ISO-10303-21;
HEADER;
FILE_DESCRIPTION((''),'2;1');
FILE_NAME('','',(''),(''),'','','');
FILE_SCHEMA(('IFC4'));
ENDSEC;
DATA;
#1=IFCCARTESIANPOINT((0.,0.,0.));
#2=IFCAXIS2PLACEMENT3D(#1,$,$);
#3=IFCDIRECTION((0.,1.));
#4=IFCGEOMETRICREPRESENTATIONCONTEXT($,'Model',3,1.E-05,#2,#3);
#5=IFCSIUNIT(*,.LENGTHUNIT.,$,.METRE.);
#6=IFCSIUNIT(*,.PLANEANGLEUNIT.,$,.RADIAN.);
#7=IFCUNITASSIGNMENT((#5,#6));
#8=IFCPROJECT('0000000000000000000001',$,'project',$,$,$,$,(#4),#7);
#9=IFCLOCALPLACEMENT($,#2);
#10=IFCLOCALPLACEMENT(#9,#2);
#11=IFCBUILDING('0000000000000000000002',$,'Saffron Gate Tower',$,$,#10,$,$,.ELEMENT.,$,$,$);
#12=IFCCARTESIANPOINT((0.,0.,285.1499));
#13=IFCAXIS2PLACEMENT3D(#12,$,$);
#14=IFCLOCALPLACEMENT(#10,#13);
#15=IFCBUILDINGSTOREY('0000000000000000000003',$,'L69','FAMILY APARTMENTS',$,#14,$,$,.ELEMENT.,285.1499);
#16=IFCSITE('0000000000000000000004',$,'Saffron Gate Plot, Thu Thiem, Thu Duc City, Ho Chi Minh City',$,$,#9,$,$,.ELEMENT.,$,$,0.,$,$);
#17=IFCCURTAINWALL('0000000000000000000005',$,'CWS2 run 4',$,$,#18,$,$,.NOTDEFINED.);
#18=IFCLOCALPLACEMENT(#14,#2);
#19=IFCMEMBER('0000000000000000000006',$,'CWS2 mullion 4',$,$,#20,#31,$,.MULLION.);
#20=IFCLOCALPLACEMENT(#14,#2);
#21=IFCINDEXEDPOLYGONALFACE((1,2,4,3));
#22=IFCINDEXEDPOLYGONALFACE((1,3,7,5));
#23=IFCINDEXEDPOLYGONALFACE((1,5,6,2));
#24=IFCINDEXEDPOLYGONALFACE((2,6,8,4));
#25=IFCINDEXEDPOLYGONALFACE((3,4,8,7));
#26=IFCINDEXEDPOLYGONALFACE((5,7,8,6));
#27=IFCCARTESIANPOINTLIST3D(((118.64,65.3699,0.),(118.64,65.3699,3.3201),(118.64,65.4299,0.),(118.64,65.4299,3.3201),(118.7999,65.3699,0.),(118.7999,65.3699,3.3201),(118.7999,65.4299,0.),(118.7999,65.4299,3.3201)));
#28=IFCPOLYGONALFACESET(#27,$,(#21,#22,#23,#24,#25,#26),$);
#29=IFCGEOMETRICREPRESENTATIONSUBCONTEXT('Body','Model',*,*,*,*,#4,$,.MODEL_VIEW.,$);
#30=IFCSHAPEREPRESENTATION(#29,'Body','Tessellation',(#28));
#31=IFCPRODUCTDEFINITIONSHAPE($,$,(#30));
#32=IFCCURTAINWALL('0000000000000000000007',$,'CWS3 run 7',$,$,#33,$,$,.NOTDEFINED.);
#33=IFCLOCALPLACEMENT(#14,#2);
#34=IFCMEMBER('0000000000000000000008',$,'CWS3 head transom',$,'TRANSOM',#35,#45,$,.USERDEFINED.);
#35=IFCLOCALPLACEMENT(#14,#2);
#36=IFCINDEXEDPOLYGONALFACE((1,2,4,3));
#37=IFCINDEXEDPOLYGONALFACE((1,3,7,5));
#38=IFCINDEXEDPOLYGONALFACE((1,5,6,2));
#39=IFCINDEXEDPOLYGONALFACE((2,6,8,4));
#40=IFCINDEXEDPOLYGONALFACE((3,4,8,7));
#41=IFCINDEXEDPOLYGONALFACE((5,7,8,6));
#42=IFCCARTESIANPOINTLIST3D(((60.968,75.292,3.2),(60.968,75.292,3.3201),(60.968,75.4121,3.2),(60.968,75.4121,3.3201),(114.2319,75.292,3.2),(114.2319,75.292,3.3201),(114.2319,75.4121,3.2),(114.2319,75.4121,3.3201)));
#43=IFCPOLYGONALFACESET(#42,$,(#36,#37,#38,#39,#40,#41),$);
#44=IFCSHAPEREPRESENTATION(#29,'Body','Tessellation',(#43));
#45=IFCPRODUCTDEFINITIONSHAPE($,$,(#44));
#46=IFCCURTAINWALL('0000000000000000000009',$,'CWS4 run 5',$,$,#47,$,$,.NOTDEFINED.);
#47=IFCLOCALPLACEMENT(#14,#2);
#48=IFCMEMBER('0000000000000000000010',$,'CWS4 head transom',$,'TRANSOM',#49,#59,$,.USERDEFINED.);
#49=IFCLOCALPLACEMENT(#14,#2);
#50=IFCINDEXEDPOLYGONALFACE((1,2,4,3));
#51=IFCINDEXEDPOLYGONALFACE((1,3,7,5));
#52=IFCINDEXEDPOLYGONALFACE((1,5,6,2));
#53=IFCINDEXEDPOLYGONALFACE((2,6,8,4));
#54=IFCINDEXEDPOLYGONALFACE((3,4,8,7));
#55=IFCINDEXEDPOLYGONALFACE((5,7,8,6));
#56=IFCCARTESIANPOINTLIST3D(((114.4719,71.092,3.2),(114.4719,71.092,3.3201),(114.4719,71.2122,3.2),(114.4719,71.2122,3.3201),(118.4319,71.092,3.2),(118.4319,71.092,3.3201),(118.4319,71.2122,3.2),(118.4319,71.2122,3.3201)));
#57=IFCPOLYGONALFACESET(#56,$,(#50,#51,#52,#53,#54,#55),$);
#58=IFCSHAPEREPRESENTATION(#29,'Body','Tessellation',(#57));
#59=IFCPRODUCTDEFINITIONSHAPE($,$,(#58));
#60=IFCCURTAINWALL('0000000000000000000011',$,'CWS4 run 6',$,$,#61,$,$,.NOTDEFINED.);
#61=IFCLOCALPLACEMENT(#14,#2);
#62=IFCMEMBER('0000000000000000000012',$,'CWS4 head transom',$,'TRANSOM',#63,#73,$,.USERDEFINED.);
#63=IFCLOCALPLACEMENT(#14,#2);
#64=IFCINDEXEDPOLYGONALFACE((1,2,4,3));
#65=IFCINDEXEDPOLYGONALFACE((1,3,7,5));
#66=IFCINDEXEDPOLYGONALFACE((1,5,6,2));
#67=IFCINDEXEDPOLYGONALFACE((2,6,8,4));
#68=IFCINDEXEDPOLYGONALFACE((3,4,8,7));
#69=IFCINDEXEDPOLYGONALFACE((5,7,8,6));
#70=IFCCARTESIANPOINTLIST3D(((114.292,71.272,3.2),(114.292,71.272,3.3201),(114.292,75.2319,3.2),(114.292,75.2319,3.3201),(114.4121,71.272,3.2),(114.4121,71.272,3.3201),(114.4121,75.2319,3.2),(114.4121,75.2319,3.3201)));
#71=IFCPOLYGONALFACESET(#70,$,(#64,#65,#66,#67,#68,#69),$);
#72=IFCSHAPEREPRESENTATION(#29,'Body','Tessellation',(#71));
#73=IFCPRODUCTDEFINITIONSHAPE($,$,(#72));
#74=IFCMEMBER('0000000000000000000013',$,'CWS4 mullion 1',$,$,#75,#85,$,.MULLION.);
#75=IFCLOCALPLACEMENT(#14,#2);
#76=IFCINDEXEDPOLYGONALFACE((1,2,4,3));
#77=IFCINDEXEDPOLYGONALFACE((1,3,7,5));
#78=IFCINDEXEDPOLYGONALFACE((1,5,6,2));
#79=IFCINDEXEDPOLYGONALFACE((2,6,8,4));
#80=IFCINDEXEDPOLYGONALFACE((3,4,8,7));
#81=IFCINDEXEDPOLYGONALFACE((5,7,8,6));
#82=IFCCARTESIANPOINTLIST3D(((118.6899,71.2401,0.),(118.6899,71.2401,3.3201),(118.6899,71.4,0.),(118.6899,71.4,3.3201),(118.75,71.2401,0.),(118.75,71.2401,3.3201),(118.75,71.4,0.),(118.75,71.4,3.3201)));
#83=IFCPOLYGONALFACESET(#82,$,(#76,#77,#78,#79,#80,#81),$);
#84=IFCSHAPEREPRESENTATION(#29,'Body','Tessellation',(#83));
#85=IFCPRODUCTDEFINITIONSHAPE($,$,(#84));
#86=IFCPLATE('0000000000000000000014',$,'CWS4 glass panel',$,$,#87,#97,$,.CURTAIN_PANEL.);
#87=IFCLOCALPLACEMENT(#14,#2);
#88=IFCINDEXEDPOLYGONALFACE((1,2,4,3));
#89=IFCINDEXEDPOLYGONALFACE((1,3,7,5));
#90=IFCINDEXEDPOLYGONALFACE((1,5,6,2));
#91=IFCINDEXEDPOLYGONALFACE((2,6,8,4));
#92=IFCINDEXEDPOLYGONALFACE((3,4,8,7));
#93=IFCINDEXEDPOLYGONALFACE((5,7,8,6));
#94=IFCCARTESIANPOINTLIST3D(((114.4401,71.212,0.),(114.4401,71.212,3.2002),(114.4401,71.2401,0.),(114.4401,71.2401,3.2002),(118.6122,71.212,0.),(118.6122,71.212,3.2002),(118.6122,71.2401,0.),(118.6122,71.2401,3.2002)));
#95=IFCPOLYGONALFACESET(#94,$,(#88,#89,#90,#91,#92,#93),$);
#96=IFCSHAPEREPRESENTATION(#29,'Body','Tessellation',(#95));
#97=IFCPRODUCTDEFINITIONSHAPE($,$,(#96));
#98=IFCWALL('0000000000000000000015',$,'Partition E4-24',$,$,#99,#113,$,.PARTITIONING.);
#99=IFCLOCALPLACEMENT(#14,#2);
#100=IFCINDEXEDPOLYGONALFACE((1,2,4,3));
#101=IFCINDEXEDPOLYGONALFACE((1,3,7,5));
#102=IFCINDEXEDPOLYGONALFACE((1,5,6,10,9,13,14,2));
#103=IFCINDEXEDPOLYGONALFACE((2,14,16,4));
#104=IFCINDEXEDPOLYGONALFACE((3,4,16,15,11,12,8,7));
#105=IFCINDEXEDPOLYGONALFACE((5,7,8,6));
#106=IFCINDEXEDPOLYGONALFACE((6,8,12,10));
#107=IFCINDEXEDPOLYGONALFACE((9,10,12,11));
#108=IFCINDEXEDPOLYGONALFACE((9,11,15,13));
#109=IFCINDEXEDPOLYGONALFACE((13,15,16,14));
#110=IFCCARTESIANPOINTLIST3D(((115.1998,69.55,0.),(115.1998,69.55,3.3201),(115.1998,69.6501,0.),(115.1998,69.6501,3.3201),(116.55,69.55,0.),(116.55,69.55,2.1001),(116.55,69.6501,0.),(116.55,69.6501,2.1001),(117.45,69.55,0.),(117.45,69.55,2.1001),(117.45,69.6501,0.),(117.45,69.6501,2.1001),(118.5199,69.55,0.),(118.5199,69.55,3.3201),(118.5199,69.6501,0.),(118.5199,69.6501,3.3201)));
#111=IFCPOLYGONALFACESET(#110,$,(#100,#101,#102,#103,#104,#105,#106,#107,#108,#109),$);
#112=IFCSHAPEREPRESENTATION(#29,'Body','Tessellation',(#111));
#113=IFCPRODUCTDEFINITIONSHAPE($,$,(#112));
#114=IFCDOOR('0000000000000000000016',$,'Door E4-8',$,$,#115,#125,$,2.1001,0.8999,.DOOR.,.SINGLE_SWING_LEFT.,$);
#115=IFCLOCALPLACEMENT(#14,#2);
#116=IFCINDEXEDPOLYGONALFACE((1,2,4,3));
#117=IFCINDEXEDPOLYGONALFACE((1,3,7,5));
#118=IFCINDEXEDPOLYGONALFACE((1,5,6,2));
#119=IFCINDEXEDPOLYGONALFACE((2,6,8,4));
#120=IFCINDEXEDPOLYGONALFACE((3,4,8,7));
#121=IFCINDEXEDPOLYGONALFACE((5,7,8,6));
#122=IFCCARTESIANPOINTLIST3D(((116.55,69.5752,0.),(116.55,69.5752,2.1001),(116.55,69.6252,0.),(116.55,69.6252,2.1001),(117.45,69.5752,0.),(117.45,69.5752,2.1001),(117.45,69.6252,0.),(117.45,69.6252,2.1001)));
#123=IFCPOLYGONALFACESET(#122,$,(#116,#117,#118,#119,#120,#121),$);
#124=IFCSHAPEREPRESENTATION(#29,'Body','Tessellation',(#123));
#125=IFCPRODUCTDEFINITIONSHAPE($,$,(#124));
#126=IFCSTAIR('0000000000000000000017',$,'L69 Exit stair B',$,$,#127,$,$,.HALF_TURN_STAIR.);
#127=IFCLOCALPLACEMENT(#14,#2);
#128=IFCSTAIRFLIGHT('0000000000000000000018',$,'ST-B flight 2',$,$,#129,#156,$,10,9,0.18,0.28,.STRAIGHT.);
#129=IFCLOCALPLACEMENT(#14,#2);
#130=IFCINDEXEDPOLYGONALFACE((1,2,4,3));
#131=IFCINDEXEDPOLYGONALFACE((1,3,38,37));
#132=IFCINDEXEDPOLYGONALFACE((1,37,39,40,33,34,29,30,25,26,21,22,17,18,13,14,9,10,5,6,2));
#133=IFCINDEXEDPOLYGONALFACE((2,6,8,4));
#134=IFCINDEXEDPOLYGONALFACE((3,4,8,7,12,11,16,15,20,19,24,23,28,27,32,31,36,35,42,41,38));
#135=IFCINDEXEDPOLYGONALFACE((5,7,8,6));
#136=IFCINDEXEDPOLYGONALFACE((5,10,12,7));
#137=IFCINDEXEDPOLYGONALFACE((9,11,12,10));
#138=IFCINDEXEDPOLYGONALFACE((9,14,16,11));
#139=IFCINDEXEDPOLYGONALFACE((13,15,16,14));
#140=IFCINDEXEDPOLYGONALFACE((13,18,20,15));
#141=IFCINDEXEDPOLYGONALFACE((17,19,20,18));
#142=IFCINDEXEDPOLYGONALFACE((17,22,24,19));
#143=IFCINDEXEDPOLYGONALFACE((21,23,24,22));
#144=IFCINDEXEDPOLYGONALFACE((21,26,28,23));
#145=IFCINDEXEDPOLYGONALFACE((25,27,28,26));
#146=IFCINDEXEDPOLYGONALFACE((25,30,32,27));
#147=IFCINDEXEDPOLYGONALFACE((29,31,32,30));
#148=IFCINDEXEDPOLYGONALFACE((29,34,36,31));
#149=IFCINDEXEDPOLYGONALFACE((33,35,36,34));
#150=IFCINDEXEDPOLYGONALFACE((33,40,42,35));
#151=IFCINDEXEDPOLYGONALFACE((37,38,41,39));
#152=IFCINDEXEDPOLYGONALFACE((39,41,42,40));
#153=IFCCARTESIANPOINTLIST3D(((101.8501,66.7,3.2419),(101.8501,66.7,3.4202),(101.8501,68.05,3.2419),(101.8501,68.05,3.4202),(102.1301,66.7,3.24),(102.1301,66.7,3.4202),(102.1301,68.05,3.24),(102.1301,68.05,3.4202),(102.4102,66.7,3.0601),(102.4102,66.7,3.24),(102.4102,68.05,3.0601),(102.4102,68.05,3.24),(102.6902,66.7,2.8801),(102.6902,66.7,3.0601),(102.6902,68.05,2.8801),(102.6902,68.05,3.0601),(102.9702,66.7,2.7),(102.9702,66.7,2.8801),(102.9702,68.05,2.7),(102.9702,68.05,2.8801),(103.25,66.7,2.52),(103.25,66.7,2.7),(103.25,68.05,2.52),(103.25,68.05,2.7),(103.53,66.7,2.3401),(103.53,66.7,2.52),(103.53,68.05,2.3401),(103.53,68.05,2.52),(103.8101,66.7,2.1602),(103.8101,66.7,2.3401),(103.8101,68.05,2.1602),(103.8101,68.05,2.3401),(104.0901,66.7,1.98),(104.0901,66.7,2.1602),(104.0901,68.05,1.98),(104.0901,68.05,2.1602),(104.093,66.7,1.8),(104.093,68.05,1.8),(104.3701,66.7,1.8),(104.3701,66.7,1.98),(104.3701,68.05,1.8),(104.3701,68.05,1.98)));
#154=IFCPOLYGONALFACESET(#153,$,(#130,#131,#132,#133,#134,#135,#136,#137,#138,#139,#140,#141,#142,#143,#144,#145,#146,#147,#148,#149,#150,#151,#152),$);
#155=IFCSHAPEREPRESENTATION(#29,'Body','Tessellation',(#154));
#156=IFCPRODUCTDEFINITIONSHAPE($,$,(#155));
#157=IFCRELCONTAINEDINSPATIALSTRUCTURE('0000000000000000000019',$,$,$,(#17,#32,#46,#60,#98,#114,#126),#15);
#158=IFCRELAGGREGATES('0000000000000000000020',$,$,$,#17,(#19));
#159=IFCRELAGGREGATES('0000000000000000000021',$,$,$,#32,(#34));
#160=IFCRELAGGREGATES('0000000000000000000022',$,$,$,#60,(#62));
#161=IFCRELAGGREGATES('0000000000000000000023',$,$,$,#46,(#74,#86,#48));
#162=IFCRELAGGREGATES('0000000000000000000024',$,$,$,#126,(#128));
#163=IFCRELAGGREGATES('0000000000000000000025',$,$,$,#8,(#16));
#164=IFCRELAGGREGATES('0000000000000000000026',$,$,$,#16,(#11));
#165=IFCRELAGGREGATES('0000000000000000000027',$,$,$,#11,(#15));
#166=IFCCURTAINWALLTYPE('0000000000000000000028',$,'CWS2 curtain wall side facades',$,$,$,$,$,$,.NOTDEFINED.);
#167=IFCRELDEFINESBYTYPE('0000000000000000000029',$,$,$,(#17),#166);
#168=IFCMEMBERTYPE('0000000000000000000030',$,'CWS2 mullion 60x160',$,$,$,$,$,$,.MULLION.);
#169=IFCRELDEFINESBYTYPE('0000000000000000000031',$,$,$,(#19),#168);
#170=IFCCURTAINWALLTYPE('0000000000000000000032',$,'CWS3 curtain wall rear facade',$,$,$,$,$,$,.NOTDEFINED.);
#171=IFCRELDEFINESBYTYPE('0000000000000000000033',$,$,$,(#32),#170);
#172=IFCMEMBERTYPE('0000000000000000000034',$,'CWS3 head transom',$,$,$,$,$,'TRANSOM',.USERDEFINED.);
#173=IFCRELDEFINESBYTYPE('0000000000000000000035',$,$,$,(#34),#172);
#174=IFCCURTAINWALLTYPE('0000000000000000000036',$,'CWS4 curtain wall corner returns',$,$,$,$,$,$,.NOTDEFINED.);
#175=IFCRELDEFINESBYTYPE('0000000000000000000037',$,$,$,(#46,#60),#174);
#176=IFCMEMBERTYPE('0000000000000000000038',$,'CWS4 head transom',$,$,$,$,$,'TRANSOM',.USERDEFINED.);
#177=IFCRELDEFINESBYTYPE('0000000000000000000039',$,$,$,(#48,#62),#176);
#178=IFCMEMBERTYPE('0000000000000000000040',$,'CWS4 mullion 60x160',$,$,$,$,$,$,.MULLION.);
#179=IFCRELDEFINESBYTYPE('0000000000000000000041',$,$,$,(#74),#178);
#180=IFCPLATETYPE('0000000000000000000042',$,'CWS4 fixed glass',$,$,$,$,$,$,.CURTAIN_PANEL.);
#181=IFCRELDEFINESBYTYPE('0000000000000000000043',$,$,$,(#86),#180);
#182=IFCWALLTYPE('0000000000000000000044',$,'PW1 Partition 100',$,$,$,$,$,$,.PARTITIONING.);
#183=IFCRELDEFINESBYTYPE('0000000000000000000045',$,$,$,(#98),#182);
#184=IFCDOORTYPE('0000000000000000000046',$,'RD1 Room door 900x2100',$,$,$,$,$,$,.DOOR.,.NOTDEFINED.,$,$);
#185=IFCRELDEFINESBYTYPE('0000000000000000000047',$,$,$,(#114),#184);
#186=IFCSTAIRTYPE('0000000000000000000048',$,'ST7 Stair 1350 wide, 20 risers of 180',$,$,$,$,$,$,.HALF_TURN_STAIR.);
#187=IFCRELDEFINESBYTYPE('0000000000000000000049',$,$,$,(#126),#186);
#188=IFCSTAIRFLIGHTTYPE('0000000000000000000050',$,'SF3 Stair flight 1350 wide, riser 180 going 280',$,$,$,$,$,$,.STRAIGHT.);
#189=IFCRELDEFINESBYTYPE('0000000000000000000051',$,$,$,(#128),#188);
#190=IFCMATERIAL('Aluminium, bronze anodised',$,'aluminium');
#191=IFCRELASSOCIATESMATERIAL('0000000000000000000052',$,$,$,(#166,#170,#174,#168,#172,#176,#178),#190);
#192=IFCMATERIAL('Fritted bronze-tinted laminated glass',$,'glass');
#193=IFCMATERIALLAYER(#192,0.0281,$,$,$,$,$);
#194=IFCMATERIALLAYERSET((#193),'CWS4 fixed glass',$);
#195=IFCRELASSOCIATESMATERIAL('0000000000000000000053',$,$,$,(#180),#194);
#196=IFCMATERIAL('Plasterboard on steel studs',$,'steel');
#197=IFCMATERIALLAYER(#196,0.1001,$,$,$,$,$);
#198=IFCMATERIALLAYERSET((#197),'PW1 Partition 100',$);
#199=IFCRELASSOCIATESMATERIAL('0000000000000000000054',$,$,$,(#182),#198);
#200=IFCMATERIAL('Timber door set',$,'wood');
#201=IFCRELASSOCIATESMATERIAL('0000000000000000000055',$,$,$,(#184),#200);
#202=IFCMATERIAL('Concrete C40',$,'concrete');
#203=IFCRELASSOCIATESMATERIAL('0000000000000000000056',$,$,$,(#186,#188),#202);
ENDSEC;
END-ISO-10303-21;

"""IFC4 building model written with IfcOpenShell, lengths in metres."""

from ifc_helpers import new_model, si_unit, direction, frame, frame_2d, origin, origin_2d, place, context, subcontext, project, spatial, polyline, rectangle, outline, extrude, material, layer, layer_set, material_profile, profile_set, type_object, element, fill, aggregate, save


model = new_model("IFC4")

# Units and contexts
model_context = context("Model", 3, precision=1e-05, world=origin(), true_north=direction((0.0, 1.0)))
body_context = subcontext(model_context, "Body", "Model", "MODEL_VIEW")
ifc_project = project(units=[si_unit("LENGTHUNIT", "METRE"), si_unit("PLANEANGLEUNIT", "RADIAN")], contexts=[model_context])

# Site, building, storey
site_placement = place(None, origin())
site = spatial("IfcSite", under=ifc_project, at=site_placement, Name="Saffron Gate Plot, Thu Thiem, Thu Duc City, Ho Chi Minh City", CompositionType="ELEMENT", RefElevation=0.0)
building_placement = place(site_placement, origin())
building = spatial("IfcBuilding", under=site, at=building_placement, Name="Saffron Gate Tower", CompositionType="ELEMENT")
storey_placement = place(building_placement, frame((0.0, 0.0, 285.1499)))
storey = spatial("IfcBuildingStorey", under=building, at=storey_placement, Name="L69", Description="FAMILY APARTMENTS", CompositionType="ELEMENT", Elevation=285.1499)

# Curtain walls, members
ifc_material_1 = material(Name="Aluminium, bronze anodised", Category="aluminium")
curtain_wall_type_1 = type_object("IfcCurtainWallType", Name="CWS2 curtain wall side facades", PredefinedType="NOTDEFINED", material=ifc_material_1)
curtain_wall_1_placement = place(storey_placement, origin())
curtain_wall_1 = element("IfcCurtainWall", 1, at=curtain_wall_1_placement, inside=storey, type_object=curtain_wall_type_1, Name="CWS2 run 4", PredefinedType="NOTDEFINED")
ifc_material_profile_1 = material_profile(ifc_material_1, rectangle(XDim=0.1599, YDim=0.0601, at=origin_2d()))
ifc_profile_set_1 = profile_set([ifc_material_profile_1], Name="Aluminium, bronze anodised")
member_type_1 = type_object("IfcMemberType", Name="CWS2 mullion 60x160", PredefinedType="MULLION", material=ifc_profile_set_1)
member_1_placement = place(storey_placement, frame((118.72, 65.3999, 0.0), z_axis=(0.0, 0.0, 1.0), x_axis=(-1.0, 0.0, 0.0)))
member_1 = element("IfcMember", 2, at=member_1_placement, type_object=member_type_1, Name="CWS2 mullion 4", PredefinedType="MULLION", context=body_context, shape_type="SweptSolid", body=[
    extrude(rectangle(XDim=0.1599, YDim=0.0601, at=origin_2d()), origin(), (0.0, 0.0, 1.0), 3.3201),
])
aggregate(curtain_wall_1, [member_1])
curtain_wall_type_2 = type_object("IfcCurtainWallType", Name="CWS3 curtain wall rear facade", PredefinedType="NOTDEFINED", material=ifc_material_1)
curtain_wall_2_placement = place(storey_placement, origin())
curtain_wall_2 = element("IfcCurtainWall", 3, at=curtain_wall_2_placement, inside=storey, type_object=curtain_wall_type_2, Name="CWS3 run 7", PredefinedType="NOTDEFINED")
ifc_material_profile_2 = material_profile(ifc_material_1, rectangle(XDim=0.1201, YDim=0.1201, at=origin_2d()))
ifc_profile_set_2 = profile_set([ifc_material_profile_2], Name="Aluminium, bronze anodised")
member_type_2 = type_object("IfcMemberType", Name="CWS3 head transom", ElementType="TRANSOM", PredefinedType="USERDEFINED", material=ifc_profile_set_2)
member_2_placement = place(storey_placement, frame((114.2319, 75.3521, 3.26), z_axis=(-1.0, 0.0, 0.0), x_axis=(0.0, -1.0, 0.0)))
member_2 = element("IfcMember", 4, at=member_2_placement, type_object=member_type_2, Name="CWS3 head transom", ObjectType="TRANSOM", PredefinedType="USERDEFINED", context=body_context, shape_type="SweptSolid", body=[
    extrude(rectangle(XDim=0.1201, YDim=0.1201, at=origin_2d()), origin(), (0.0, 0.0, 1.0), 53.2639),
])
aggregate(curtain_wall_2, [member_2])
curtain_wall_type_3 = type_object("IfcCurtainWallType", Name="CWS4 curtain wall corner returns", PredefinedType="NOTDEFINED", material=ifc_material_1)
curtain_wall_3_placement = place(storey_placement, origin())
curtain_wall_3 = element("IfcCurtainWall", 5, at=curtain_wall_3_placement, inside=storey, type_object=curtain_wall_type_3, Name="CWS4 run 5", PredefinedType="NOTDEFINED")
ifc_material_profile_3 = material_profile(ifc_material_1, rectangle(XDim=0.1201, YDim=0.1201, at=origin_2d()))
ifc_profile_set_3 = profile_set([ifc_material_profile_3], Name="Aluminium, bronze anodised")
member_type_3 = type_object("IfcMemberType", Name="CWS4 head transom", ElementType="TRANSOM", PredefinedType="USERDEFINED", material=ifc_profile_set_3)
member_3_placement = place(storey_placement, frame((118.4319, 71.1521, 3.26), z_axis=(-1.0, 0.0, 0.0), x_axis=(0.0, -1.0, 0.0)))
member_3 = element("IfcMember", 6, at=member_3_placement, type_object=member_type_3, Name="CWS4 head transom", ObjectType="TRANSOM", PredefinedType="USERDEFINED", context=body_context, shape_type="SweptSolid", body=[
    extrude(rectangle(XDim=0.1201, YDim=0.1201, at=origin_2d()), origin(), (0.0, 0.0, 1.0), 3.96),
])
curtain_wall_4_placement = place(storey_placement, origin())
curtain_wall_4 = element("IfcCurtainWall", 7, at=curtain_wall_4_placement, inside=storey, type_object=curtain_wall_type_3, Name="CWS4 run 6", PredefinedType="NOTDEFINED")
member_4_placement = place(storey_placement, frame((114.3521, 71.272, 3.26), z_axis=(0.0, 1.0, 0.0), x_axis=(-1.0, 0.0, 0.0)))
member_4 = element("IfcMember", 8, at=member_4_placement, type_object=member_type_3, Name="CWS4 head transom", ObjectType="TRANSOM", PredefinedType="USERDEFINED", context=body_context, shape_type="SweptSolid", body=[
    extrude(rectangle(XDim=0.1201, YDim=0.1201, at=origin_2d()), origin(), (0.0, 0.0, 1.0), 3.96),
])
aggregate(curtain_wall_4, [member_4])

# Member
ifc_material_profile_4 = material_profile(ifc_material_1, rectangle(XDim=0.1599, YDim=0.0601, at=origin_2d()))
ifc_profile_set_4 = profile_set([ifc_material_profile_4], Name="Aluminium, bronze anodised")
member_type_4 = type_object("IfcMemberType", Name="CWS4 mullion 60x160", PredefinedType="MULLION", material=ifc_profile_set_4)
member_5_placement = place(storey_placement, frame((118.72, 71.3201, 0.0), z_axis=(0.0, 0.0, 1.0), x_axis=(0.0, -1.0, 0.0)))
member_5 = element("IfcMember", 9, at=member_5_placement, type_object=member_type_4, Name="CWS4 mullion 1", PredefinedType="MULLION", context=body_context, shape_type="SweptSolid", body=[
    extrude(rectangle(XDim=0.1599, YDim=0.0601, at=origin_2d()), origin(), (0.0, 0.0, 1.0), 3.3201),
])

# Plate
ifc_material_2 = material(Name="Fritted bronze-tinted laminated glass", Category="glass")
ifc_layer_1 = layer(ifc_material_2, 0.0281)
ifc_layer_set_1 = layer_set([ifc_layer_1], Name="CWS4 fixed glass")
plate_type = type_object("IfcPlateType", Name="CWS4 fixed glass", PredefinedType="CURTAIN_PANEL", material=ifc_layer_set_1)
plate_placement = place(storey_placement, frame((118.6121, 71.2261, 0.0), z_axis=(0.0, 0.0, 1.0), x_axis=(-1.0, 0.0, 0.0)))
plate = element("IfcPlate", 10, at=plate_placement, type_object=plate_type, Name="CWS4 glass panel", PredefinedType="CURTAIN_PANEL", context=body_context, shape_type="SweptSolid", body=[
    extrude(rectangle(XDim=4.1721, YDim=0.0281, at=frame_2d((2.0859, 0.0))), origin(), (0.0, 0.0, 1.0), 3.2002),
])
aggregate(curtain_wall_3, [member_5, plate, member_3])

# Wall, opening, door
ifc_material_3 = material(Name="Plasterboard on steel studs", Category="steel")
ifc_layer_2 = layer(ifc_material_3, 0.1001)
ifc_layer_set_2 = layer_set([ifc_layer_2], Name="PW1 Partition 100")
wall_type = type_object("IfcWallType", Name="PW1 Partition 100", PredefinedType="PARTITIONING", material=ifc_layer_set_2)
wall_placement = place(storey_placement, frame((118.52, 69.6001, 0.0), z_axis=(0.0, 0.0, 1.0), x_axis=(-1.0, 0.0, 0.0)))
wall = element("IfcWall", 11, at=wall_placement, inside=storey, type_object=wall_type, Name="Partition E4-24", PredefinedType="PARTITIONING", context=body_context, shape_type="SweptSolid", body=[
    extrude(rectangle(XDim=3.3201, YDim=0.1001, at=frame_2d((1.6602, 0.0))), origin(), (0.0, 0.0, 1.0), 3.3201),
])
opening_placement = place(wall_placement, frame((1.0701, 0.0, 0.0)))
opening = element("IfcOpeningElement", 12, at=opening_placement, cuts=wall, PredefinedType="OPENING", context=body_context, shape_type="SweptSolid", body=[
    extrude(rectangle(XDim=0.8999, YDim=2.1001, at=frame_2d((0.45, 1.05))), frame((0.0, 0.0601, 0.0), z_axis=(0.0, -1.0, 0.0), x_axis=(1.0, 0.0, 0.0)), (0.0, 0.0, 1.0), 0.1201),
])
ifc_material_4 = material(Name="Timber door set", Category="wood")
door_type = type_object("IfcDoorType", Name="RD1 Room door 900x2100", OperationType="NOTDEFINED", PredefinedType="DOOR", material=ifc_material_4)
door_placement = place(opening_placement, origin())
door = element("IfcDoor", 13, at=door_placement, inside=storey, type_object=door_type, Name="Door E4-8", OperationType="SINGLE_SWING_LEFT", OverallHeight=2.1001, OverallWidth=0.8999, PredefinedType="DOOR", context=body_context, shape_type="SweptSolid", body=[
    extrude(rectangle(XDim=0.8999, YDim=2.1001, at=frame_2d((0.45, 1.05))), frame((0.0, 0.0249, 0.0), z_axis=(0.0, -1.0, 0.0), x_axis=(1.0, 0.0, 0.0)), (0.0, 0.0, 1.0), 0.05),
])
fill(opening, door)

# Stair, stair flight
ifc_material_5 = material(Name="Concrete C40", Category="concrete")
stair_type = type_object("IfcStairType", Name="ST7 Stair 1350 wide, 20 risers of 180", PredefinedType="HALF_TURN_STAIR", material=ifc_material_5)
stair_placement = place(storey_placement, origin())
stair = element("IfcStair", 14, at=stair_placement, inside=storey, type_object=stair_type, Name="L69 Exit stair B", PredefinedType="HALF_TURN_STAIR")
stair_flight_type = type_object("IfcStairFlightType", Name="SF3 Stair flight 1350 wide, riser 180 going 280", PredefinedType="STRAIGHT", material=ifc_material_5)
stair_flight_placement = place(storey_placement, frame((104.3701, 67.375, 1.8), z_axis=(0.0, 0.0, 1.0), x_axis=(-1.0, 0.0, 0.0)))
stair_flight = element("IfcStairFlight", 15, at=stair_flight_placement, type_object=stair_flight_type, Name="ST-B flight 2", NumberOfRisers=10, NumberOfTreads=9, PredefinedType="STRAIGHT", RiserHeight=0.18, TreadLength=0.28, context=body_context, shape_type="SweptSolid", body=[
    extrude(outline(polyline([(0.0, 0.0), (0.0, 0.1799), (0.28, 0.1799), (0.28, 0.3601), (0.5601, 0.3601), (0.5601, 0.54), (0.8401, 0.54), (0.8401, 0.72), (1.1201, 0.72), (1.1201, 0.8999), (1.3999, 0.8999), (1.3999, 1.0801), (1.6799, 1.0801), (1.6799, 1.26), (1.96, 1.26), (1.96, 1.4399), (2.24, 1.4399), (2.24, 1.6201), (2.52, 1.6201), (2.52, 1.8), (2.52, 1.4419), (0.2771, 0.0), (0.0, 0.0)])), frame((0.0, 0.675, 0.0), z_axis=(0.0, -1.0, 0.0), x_axis=(1.0, 0.0, 0.0)), (0.0, 0.0, 1.0), 1.3501),
])
aggregate(stair, [stair_flight])

save(model, "model.ifc")
